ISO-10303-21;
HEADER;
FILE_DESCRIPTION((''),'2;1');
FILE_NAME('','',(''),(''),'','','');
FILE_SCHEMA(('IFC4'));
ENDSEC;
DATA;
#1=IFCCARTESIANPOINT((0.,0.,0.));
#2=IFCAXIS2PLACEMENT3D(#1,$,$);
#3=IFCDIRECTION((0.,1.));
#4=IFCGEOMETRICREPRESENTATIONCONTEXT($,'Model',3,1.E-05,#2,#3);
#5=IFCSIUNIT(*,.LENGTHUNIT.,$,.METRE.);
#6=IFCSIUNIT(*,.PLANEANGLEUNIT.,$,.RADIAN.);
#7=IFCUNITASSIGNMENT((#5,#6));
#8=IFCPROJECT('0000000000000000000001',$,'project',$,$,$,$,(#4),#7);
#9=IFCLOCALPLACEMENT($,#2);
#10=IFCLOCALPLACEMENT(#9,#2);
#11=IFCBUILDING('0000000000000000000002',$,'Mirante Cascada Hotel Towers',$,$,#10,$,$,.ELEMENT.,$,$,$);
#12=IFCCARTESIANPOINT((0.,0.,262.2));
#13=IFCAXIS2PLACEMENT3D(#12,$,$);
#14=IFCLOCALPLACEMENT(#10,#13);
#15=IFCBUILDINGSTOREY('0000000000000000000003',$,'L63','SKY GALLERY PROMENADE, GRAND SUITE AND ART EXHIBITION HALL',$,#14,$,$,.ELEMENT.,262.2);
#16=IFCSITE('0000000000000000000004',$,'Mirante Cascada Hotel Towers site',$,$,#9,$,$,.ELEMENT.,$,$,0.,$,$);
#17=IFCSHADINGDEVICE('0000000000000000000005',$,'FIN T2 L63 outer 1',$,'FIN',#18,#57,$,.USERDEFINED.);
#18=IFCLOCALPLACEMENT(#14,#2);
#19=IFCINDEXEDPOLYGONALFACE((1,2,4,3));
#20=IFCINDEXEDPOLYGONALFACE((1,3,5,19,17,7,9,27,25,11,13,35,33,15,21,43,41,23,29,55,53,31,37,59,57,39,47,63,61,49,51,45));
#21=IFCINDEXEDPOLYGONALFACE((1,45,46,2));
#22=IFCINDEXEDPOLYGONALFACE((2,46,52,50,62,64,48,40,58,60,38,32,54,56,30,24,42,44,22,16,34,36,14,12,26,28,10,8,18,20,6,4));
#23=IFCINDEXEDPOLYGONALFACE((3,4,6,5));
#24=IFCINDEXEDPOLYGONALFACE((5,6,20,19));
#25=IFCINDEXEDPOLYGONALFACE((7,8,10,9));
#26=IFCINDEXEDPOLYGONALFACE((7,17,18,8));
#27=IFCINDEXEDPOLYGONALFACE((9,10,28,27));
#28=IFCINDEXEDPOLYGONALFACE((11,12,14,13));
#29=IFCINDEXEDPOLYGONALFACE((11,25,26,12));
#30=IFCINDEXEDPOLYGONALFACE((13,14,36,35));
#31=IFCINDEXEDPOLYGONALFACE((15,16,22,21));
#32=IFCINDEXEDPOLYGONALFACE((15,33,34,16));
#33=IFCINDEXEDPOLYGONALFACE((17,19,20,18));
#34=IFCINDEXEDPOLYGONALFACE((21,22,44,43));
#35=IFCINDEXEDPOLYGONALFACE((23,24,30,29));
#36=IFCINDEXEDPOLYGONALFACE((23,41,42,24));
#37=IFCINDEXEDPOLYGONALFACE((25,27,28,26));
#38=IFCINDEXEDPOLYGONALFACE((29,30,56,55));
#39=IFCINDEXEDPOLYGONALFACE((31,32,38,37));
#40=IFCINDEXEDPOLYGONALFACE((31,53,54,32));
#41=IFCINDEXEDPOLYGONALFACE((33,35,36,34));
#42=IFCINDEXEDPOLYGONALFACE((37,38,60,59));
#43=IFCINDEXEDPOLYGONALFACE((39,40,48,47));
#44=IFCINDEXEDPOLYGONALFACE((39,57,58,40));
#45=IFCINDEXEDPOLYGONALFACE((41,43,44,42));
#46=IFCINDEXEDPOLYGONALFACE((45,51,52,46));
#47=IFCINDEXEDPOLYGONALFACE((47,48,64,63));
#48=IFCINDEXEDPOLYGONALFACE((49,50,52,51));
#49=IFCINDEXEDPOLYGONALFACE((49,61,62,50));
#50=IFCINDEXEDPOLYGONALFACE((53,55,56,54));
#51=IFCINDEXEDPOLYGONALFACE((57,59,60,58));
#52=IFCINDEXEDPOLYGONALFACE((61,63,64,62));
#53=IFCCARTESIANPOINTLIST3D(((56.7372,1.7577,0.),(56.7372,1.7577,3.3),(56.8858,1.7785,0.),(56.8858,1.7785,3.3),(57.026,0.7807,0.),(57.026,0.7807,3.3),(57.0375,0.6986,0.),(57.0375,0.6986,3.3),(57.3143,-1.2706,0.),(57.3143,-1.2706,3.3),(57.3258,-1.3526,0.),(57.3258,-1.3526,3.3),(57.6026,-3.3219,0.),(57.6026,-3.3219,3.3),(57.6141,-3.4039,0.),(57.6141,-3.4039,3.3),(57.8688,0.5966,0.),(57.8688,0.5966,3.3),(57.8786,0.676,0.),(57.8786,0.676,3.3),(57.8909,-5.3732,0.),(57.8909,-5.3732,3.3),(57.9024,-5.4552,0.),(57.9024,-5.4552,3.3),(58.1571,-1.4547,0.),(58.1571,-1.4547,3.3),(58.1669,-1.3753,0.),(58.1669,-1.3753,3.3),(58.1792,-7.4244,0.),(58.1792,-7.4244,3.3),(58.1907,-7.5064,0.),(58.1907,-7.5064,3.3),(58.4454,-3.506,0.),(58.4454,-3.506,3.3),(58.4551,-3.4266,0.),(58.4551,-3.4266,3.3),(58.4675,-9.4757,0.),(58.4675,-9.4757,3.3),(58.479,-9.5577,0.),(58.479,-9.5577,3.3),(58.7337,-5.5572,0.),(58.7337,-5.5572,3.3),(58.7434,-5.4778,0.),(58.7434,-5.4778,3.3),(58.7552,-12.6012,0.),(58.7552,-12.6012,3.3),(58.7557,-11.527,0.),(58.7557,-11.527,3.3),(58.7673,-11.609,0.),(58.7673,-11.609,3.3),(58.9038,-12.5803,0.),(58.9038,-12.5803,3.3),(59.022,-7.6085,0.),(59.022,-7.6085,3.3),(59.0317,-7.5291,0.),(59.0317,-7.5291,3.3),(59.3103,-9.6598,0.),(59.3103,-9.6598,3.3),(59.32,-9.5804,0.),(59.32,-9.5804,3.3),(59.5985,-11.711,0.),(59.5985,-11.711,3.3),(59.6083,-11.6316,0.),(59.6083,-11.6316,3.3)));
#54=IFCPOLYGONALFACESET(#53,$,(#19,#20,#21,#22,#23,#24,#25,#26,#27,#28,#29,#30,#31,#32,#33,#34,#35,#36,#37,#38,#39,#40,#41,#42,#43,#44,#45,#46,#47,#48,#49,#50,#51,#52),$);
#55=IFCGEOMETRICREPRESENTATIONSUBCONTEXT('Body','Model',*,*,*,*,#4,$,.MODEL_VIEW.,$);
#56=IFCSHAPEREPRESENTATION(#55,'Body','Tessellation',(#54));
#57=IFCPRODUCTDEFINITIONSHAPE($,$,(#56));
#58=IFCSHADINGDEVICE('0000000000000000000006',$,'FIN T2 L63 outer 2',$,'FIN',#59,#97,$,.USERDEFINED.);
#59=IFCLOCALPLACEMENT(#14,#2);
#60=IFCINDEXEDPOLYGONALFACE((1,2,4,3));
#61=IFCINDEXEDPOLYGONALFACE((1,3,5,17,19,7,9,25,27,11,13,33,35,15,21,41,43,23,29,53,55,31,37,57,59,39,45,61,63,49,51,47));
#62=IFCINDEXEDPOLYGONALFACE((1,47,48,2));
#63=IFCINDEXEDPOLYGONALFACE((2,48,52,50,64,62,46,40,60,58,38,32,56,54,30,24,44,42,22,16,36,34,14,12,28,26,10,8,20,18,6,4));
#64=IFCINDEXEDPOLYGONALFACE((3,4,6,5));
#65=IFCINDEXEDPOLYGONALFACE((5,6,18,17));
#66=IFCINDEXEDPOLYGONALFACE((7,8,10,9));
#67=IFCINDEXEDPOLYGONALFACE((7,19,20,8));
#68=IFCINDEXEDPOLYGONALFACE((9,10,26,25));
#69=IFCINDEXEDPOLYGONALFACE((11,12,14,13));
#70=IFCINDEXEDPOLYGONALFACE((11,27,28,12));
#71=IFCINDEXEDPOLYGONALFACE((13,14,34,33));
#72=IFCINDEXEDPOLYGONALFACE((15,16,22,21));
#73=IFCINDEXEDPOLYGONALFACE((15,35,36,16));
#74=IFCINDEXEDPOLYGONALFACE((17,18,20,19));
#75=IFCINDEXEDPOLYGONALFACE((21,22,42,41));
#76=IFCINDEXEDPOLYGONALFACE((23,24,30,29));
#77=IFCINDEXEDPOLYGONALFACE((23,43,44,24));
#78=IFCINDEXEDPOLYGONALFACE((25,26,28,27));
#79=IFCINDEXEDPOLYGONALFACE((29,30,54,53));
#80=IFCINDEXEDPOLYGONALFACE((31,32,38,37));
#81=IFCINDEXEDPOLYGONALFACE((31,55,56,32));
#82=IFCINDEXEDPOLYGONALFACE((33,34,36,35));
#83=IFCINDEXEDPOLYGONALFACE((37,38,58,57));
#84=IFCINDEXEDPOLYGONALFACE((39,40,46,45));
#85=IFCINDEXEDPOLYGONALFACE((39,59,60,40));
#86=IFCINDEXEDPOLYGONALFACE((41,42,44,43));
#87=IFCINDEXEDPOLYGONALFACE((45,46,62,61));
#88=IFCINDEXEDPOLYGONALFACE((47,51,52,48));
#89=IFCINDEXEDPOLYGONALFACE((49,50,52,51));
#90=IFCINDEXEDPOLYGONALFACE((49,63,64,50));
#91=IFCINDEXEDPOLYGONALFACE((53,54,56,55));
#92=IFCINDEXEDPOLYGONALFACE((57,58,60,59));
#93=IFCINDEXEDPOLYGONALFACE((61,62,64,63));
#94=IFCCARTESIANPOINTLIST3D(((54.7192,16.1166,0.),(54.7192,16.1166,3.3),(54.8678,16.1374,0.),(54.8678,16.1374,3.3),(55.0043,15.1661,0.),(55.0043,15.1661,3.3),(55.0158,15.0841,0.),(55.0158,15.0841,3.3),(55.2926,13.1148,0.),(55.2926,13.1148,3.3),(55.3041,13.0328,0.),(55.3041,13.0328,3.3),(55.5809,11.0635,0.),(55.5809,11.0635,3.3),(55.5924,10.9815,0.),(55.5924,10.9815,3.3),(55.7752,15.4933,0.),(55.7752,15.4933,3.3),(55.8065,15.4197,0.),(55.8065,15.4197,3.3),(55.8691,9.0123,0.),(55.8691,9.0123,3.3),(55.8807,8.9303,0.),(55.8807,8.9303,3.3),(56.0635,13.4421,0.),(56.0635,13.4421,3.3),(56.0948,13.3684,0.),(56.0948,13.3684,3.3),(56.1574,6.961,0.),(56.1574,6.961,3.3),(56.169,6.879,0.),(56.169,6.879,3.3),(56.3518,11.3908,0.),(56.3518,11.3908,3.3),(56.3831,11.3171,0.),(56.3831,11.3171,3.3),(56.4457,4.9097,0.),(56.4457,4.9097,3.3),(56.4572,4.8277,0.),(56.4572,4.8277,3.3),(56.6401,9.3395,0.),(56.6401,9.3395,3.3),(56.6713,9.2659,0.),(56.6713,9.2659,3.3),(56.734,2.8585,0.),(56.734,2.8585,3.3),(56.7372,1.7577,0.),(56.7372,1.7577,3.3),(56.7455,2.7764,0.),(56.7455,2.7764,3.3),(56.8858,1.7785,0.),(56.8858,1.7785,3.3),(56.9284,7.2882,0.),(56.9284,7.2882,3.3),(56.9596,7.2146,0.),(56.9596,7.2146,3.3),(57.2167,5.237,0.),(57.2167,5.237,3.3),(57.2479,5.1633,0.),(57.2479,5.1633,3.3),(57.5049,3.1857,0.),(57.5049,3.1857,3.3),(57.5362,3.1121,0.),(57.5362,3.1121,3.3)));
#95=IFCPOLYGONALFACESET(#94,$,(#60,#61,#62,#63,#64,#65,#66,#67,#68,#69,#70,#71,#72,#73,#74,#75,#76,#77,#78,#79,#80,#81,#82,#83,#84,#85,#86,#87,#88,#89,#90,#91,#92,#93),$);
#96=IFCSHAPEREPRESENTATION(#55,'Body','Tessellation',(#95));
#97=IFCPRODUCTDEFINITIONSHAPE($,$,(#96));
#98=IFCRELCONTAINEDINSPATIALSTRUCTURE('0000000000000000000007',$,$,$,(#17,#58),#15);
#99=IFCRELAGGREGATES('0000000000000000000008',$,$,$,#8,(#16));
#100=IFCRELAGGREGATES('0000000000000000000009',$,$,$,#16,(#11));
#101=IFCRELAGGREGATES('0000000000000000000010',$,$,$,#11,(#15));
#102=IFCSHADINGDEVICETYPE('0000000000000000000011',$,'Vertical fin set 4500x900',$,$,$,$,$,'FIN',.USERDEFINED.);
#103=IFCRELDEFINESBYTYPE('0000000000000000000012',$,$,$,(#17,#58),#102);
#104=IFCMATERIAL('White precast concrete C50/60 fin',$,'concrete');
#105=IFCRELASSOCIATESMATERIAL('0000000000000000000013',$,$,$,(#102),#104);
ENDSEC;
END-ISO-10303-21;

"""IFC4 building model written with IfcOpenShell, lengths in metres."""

from ifc_helpers import new_model, si_unit, direction, frame, origin, place, context, subcontext, project, spatial, polyline, outline, extrude, material, type_object, element, save


model = new_model("IFC4")

# Units and contexts
model_context = context("Model", 3, precision=1e-05, world=origin(), true_north=direction((0.0, 1.0)))
body_context = subcontext(model_context, "Body", "Model", "MODEL_VIEW")
ifc_project = project(units=[si_unit("LENGTHUNIT", "METRE"), si_unit("PLANEANGLEUNIT", "RADIAN")], contexts=[model_context])

# Site, building, storey
site_placement = place(None, origin())
site = spatial("IfcSite", under=ifc_project, at=site_placement, Name="Mirante Cascada Hotel Towers site", CompositionType="ELEMENT", RefElevation=0.0)
building_placement = place(site_placement, origin())
building = spatial("IfcBuilding", under=site, at=building_placement, Name="Mirante Cascada Hotel Towers", CompositionType="ELEMENT")
storey_placement = place(building_placement, frame((0.0, 0.0, 262.2)))
storey = spatial("IfcBuildingStorey", under=building, at=storey_placement, Name="L63", Description="SKY GALLERY PROMENADE, GRAND SUITE AND ART EXHIBITION HALL", CompositionType="ELEMENT", Elevation=262.2)

# Shading devices
ifc_material_1 = material(Name="White precast concrete C50/60 fin", Category="concrete")
shading_device_type = type_object("IfcShadingDeviceType", Name="Vertical fin set 4500x900", ElementType="FIN", PredefinedType="USERDEFINED", material=ifc_material_1)
shading_device_1_placement = place(storey_placement, origin())
element("IfcShadingDevice", 1, at=shading_device_1_placement, inside=storey, type_object=shading_device_type, Name="FIN T2 L63 outer 1", ObjectType="FIN", PredefinedType="USERDEFINED", context=body_context, shape_type="SweptSolid", body=[
    extrude(outline(polyline([(59.5985, -11.711), (58.7673, -11.609), (58.9038, -12.5803), (58.7552, -12.6012), (56.7372, 1.7577), (56.8858, 1.7785), (57.026, 0.7807), (57.8786, 0.676), (57.8688, 0.5966), (57.0375, 0.6986), (57.3143, -1.2706), (58.1669, -1.3753), (58.1571, -1.4547), (57.3258, -1.3526), (57.6026, -3.3219), (58.4551, -3.4266), (58.4454, -3.506), (57.6141, -3.4039), (57.8909, -5.3732), (58.7434, -5.4778), (58.7337, -5.5572), (57.9024, -5.4552), (58.1792, -7.4244), (59.0317, -7.5291), (59.022, -7.6085), (58.1907, -7.5064), (58.4675, -9.4757), (59.32, -9.5804), (59.3103, -9.6598), (58.479, -9.5577), (58.7557, -11.527), (59.6083, -11.6316), (59.5985, -11.711)])), origin(), (0.0, 0.0, 1.0), 3.3),
])
shading_device_2_placement = place(storey_placement, origin())
element("IfcShadingDevice", 2, at=shading_device_2_placement, inside=storey, type_object=shading_device_type, Name="FIN T2 L63 outer 2", ObjectType="FIN", PredefinedType="USERDEFINED", context=body_context, shape_type="SweptSolid", body=[
    extrude(outline(polyline([(57.5362, 3.1121), (56.7455, 2.7764), (56.8858, 1.7785), (56.7372, 1.7577), (54.7192, 16.1166), (54.8678, 16.1374), (55.0043, 15.1661), (55.7752, 15.4933), (55.8065, 15.4197), (55.0158, 15.0841), (55.2926, 13.1148), (56.0635, 13.4421), (56.0948, 13.3684), (55.3041, 13.0328), (55.5809, 11.0635), (56.3518, 11.3908), (56.3831, 11.3171), (55.5924, 10.9815), (55.8691, 9.0123), (56.6401, 9.3395), (56.6713, 9.2659), (55.8807, 8.9303), (56.1574, 6.961), (56.9284, 7.2882), (56.9596, 7.2146), (56.169, 6.879), (56.4457, 4.9097), (57.2167, 5.237), (57.2479, 5.1633), (56.4572, 4.8277), (56.734, 2.8585), (57.5049, 3.1857), (57.5362, 3.1121)])), origin(), (0.0, 0.0, 1.0), 3.3),
])

save(model, "model.ifc")
